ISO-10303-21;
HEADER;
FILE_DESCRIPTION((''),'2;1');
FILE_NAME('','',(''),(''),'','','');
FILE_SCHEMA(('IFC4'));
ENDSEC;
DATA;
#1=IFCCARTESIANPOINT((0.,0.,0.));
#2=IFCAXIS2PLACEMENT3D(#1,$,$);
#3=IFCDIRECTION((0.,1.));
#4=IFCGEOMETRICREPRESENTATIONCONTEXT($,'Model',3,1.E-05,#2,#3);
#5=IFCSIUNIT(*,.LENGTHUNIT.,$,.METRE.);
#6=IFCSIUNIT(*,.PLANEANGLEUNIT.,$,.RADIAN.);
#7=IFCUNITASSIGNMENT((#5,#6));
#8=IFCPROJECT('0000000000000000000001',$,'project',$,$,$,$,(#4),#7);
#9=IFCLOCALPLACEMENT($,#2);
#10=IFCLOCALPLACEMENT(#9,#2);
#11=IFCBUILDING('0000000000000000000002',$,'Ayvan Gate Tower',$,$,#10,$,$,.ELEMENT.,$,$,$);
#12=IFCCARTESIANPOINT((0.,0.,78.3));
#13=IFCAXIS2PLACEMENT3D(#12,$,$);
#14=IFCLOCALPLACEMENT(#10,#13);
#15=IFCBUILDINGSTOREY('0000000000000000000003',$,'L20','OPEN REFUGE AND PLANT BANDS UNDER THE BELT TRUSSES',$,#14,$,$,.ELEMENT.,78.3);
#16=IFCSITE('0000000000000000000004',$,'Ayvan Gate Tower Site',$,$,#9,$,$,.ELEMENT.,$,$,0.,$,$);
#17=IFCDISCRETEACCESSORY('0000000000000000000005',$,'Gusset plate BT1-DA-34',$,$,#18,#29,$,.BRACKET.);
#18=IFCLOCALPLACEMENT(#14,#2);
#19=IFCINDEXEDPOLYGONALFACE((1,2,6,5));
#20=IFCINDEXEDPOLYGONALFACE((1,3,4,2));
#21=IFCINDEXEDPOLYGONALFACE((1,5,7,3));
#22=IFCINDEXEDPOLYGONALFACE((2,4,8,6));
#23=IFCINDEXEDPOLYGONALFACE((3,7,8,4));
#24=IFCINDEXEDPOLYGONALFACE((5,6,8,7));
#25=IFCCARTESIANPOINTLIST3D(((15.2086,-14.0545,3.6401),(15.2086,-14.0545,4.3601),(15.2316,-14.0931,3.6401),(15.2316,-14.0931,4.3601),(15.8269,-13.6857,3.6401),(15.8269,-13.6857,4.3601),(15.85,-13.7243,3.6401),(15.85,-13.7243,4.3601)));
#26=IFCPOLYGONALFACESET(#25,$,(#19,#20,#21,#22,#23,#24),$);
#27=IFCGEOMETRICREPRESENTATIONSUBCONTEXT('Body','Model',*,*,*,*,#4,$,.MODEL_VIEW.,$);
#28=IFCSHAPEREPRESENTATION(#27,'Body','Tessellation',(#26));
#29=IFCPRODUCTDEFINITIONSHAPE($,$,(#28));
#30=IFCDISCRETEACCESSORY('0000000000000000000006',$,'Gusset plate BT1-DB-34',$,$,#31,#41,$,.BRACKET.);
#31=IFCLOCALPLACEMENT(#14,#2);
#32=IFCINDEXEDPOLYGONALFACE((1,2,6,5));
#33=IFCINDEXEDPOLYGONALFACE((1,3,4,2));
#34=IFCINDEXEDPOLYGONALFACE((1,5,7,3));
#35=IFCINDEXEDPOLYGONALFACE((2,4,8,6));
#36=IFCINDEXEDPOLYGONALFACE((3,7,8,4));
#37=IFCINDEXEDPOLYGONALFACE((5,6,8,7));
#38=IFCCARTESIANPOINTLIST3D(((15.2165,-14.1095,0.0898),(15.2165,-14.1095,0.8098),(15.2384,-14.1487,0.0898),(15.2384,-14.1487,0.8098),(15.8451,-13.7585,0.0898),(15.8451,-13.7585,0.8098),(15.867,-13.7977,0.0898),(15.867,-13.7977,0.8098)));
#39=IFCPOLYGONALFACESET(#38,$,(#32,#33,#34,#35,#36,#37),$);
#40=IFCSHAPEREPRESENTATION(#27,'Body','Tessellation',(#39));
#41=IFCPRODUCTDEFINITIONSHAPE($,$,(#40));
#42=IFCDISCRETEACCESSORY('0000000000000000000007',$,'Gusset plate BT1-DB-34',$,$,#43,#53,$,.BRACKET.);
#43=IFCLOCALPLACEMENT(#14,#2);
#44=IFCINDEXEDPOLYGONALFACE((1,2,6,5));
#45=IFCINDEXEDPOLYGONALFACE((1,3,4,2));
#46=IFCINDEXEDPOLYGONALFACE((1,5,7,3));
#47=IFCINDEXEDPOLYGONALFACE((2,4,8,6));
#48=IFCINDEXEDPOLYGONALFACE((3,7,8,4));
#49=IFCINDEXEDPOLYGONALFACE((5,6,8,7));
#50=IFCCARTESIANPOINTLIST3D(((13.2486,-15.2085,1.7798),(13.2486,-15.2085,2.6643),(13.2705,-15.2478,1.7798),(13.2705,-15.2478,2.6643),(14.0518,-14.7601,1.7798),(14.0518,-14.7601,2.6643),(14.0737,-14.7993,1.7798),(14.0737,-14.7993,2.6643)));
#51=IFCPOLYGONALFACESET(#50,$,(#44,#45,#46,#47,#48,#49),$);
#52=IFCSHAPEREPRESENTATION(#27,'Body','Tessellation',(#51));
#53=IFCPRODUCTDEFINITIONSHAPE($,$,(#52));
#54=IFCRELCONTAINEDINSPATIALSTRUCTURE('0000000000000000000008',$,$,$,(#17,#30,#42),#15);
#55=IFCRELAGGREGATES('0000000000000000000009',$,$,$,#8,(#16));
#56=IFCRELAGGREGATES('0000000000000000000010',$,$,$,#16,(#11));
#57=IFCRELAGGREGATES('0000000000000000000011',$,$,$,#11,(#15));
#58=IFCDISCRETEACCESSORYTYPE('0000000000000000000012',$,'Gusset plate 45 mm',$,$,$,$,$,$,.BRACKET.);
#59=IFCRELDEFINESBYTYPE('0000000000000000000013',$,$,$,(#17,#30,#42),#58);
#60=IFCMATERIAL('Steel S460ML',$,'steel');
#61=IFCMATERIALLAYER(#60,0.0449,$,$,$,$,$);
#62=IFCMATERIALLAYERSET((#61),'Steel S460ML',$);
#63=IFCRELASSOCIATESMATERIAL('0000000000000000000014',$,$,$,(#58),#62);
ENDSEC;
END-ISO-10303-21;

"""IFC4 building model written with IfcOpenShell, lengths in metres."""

from ifc_helpers import new_model, si_unit, direction, frame, origin, origin_2d, place, context, subcontext, project, spatial, rectangle, extrude, material, layer, layer_set, type_object, element, save


model = new_model("IFC4")

# Units and contexts
model_context = context("Model", 3, precision=1e-05, world=origin(), true_north=direction((0.0, 1.0)))
body_context = subcontext(model_context, "Body", "Model", "MODEL_VIEW")
ifc_project = project(units=[si_unit("LENGTHUNIT", "METRE"), si_unit("PLANEANGLEUNIT", "RADIAN")], contexts=[model_context])

# Site, building, storey
site_placement = place(None, origin())
site = spatial("IfcSite", under=ifc_project, at=site_placement, Name="Ayvan Gate Tower Site", CompositionType="ELEMENT", RefElevation=0.0)
building_placement = place(site_placement, origin())
building = spatial("IfcBuilding", under=site, at=building_placement, Name="Ayvan Gate Tower", CompositionType="ELEMENT")
storey_placement = place(building_placement, frame((0.0, 0.0, 78.3)))
storey = spatial("IfcBuildingStorey", under=building, at=storey_placement, Name="L20", Description="OPEN REFUGE AND PLANT BANDS UNDER THE BELT TRUSSES", CompositionType="ELEMENT", Elevation=78.3)

# Shared definitions
ifc_material_1 = material(Name="Steel S460ML", Category="steel")

# Discrete accessories
ifc_layer_1 = layer(ifc_material_1, 0.0449)
ifc_layer_set_1 = layer_set([ifc_layer_1], Name="Steel S460ML")
discrete_accessory_type_1 = type_object("IfcDiscreteAccessoryType", Name="Gusset plate 45 mm", PredefinedType="BRACKET", material=ifc_layer_set_1)
for number, where, z_axis, x_axis, name in (
    (1, (15.5293, -13.8894, 3.6401), (0.0, 0.0, 1.0), (0.858804, 0.512304, 0.0), "Gusset plate BT1-DA-34"),
    (2, (15.5417, -13.9536, 0.0898), (0.0, 0.0, 1.0), (0.873116, 0.487512, 0.0), "Gusset plate BT1-DB-34"),
):
    element("IfcDiscreteAccessory", number, at=place(storey_placement, frame(where, z_axis=z_axis, x_axis=x_axis)), inside=storey, type_object=discrete_accessory_type_1, Name=name, PredefinedType="BRACKET", context=body_context, shape_type="SweptSolid", body=[
        extrude(rectangle(XDim=0.72, YDim=0.0449, at=origin_2d()), origin(), (0.0, 0.0, 1.0), 0.72),
    ])
discrete_accessory_1_placement = place(storey_placement, frame((13.6611, -15.0039, 1.7798), z_axis=(0.0, 0.0, 1.0), x_axis=(0.873116, 0.487512, 0.0)))
element("IfcDiscreteAccessory", 3, at=discrete_accessory_1_placement, inside=storey, type_object=discrete_accessory_type_1, Name="Gusset plate BT1-DB-34", PredefinedType="BRACKET", context=body_context, shape_type="SweptSolid", body=[
    extrude(rectangle(XDim=0.9199, YDim=0.0449, at=origin_2d()), origin(), (0.0, 0.0, 1.0), 0.8845),
])

save(model, "model.ifc")
